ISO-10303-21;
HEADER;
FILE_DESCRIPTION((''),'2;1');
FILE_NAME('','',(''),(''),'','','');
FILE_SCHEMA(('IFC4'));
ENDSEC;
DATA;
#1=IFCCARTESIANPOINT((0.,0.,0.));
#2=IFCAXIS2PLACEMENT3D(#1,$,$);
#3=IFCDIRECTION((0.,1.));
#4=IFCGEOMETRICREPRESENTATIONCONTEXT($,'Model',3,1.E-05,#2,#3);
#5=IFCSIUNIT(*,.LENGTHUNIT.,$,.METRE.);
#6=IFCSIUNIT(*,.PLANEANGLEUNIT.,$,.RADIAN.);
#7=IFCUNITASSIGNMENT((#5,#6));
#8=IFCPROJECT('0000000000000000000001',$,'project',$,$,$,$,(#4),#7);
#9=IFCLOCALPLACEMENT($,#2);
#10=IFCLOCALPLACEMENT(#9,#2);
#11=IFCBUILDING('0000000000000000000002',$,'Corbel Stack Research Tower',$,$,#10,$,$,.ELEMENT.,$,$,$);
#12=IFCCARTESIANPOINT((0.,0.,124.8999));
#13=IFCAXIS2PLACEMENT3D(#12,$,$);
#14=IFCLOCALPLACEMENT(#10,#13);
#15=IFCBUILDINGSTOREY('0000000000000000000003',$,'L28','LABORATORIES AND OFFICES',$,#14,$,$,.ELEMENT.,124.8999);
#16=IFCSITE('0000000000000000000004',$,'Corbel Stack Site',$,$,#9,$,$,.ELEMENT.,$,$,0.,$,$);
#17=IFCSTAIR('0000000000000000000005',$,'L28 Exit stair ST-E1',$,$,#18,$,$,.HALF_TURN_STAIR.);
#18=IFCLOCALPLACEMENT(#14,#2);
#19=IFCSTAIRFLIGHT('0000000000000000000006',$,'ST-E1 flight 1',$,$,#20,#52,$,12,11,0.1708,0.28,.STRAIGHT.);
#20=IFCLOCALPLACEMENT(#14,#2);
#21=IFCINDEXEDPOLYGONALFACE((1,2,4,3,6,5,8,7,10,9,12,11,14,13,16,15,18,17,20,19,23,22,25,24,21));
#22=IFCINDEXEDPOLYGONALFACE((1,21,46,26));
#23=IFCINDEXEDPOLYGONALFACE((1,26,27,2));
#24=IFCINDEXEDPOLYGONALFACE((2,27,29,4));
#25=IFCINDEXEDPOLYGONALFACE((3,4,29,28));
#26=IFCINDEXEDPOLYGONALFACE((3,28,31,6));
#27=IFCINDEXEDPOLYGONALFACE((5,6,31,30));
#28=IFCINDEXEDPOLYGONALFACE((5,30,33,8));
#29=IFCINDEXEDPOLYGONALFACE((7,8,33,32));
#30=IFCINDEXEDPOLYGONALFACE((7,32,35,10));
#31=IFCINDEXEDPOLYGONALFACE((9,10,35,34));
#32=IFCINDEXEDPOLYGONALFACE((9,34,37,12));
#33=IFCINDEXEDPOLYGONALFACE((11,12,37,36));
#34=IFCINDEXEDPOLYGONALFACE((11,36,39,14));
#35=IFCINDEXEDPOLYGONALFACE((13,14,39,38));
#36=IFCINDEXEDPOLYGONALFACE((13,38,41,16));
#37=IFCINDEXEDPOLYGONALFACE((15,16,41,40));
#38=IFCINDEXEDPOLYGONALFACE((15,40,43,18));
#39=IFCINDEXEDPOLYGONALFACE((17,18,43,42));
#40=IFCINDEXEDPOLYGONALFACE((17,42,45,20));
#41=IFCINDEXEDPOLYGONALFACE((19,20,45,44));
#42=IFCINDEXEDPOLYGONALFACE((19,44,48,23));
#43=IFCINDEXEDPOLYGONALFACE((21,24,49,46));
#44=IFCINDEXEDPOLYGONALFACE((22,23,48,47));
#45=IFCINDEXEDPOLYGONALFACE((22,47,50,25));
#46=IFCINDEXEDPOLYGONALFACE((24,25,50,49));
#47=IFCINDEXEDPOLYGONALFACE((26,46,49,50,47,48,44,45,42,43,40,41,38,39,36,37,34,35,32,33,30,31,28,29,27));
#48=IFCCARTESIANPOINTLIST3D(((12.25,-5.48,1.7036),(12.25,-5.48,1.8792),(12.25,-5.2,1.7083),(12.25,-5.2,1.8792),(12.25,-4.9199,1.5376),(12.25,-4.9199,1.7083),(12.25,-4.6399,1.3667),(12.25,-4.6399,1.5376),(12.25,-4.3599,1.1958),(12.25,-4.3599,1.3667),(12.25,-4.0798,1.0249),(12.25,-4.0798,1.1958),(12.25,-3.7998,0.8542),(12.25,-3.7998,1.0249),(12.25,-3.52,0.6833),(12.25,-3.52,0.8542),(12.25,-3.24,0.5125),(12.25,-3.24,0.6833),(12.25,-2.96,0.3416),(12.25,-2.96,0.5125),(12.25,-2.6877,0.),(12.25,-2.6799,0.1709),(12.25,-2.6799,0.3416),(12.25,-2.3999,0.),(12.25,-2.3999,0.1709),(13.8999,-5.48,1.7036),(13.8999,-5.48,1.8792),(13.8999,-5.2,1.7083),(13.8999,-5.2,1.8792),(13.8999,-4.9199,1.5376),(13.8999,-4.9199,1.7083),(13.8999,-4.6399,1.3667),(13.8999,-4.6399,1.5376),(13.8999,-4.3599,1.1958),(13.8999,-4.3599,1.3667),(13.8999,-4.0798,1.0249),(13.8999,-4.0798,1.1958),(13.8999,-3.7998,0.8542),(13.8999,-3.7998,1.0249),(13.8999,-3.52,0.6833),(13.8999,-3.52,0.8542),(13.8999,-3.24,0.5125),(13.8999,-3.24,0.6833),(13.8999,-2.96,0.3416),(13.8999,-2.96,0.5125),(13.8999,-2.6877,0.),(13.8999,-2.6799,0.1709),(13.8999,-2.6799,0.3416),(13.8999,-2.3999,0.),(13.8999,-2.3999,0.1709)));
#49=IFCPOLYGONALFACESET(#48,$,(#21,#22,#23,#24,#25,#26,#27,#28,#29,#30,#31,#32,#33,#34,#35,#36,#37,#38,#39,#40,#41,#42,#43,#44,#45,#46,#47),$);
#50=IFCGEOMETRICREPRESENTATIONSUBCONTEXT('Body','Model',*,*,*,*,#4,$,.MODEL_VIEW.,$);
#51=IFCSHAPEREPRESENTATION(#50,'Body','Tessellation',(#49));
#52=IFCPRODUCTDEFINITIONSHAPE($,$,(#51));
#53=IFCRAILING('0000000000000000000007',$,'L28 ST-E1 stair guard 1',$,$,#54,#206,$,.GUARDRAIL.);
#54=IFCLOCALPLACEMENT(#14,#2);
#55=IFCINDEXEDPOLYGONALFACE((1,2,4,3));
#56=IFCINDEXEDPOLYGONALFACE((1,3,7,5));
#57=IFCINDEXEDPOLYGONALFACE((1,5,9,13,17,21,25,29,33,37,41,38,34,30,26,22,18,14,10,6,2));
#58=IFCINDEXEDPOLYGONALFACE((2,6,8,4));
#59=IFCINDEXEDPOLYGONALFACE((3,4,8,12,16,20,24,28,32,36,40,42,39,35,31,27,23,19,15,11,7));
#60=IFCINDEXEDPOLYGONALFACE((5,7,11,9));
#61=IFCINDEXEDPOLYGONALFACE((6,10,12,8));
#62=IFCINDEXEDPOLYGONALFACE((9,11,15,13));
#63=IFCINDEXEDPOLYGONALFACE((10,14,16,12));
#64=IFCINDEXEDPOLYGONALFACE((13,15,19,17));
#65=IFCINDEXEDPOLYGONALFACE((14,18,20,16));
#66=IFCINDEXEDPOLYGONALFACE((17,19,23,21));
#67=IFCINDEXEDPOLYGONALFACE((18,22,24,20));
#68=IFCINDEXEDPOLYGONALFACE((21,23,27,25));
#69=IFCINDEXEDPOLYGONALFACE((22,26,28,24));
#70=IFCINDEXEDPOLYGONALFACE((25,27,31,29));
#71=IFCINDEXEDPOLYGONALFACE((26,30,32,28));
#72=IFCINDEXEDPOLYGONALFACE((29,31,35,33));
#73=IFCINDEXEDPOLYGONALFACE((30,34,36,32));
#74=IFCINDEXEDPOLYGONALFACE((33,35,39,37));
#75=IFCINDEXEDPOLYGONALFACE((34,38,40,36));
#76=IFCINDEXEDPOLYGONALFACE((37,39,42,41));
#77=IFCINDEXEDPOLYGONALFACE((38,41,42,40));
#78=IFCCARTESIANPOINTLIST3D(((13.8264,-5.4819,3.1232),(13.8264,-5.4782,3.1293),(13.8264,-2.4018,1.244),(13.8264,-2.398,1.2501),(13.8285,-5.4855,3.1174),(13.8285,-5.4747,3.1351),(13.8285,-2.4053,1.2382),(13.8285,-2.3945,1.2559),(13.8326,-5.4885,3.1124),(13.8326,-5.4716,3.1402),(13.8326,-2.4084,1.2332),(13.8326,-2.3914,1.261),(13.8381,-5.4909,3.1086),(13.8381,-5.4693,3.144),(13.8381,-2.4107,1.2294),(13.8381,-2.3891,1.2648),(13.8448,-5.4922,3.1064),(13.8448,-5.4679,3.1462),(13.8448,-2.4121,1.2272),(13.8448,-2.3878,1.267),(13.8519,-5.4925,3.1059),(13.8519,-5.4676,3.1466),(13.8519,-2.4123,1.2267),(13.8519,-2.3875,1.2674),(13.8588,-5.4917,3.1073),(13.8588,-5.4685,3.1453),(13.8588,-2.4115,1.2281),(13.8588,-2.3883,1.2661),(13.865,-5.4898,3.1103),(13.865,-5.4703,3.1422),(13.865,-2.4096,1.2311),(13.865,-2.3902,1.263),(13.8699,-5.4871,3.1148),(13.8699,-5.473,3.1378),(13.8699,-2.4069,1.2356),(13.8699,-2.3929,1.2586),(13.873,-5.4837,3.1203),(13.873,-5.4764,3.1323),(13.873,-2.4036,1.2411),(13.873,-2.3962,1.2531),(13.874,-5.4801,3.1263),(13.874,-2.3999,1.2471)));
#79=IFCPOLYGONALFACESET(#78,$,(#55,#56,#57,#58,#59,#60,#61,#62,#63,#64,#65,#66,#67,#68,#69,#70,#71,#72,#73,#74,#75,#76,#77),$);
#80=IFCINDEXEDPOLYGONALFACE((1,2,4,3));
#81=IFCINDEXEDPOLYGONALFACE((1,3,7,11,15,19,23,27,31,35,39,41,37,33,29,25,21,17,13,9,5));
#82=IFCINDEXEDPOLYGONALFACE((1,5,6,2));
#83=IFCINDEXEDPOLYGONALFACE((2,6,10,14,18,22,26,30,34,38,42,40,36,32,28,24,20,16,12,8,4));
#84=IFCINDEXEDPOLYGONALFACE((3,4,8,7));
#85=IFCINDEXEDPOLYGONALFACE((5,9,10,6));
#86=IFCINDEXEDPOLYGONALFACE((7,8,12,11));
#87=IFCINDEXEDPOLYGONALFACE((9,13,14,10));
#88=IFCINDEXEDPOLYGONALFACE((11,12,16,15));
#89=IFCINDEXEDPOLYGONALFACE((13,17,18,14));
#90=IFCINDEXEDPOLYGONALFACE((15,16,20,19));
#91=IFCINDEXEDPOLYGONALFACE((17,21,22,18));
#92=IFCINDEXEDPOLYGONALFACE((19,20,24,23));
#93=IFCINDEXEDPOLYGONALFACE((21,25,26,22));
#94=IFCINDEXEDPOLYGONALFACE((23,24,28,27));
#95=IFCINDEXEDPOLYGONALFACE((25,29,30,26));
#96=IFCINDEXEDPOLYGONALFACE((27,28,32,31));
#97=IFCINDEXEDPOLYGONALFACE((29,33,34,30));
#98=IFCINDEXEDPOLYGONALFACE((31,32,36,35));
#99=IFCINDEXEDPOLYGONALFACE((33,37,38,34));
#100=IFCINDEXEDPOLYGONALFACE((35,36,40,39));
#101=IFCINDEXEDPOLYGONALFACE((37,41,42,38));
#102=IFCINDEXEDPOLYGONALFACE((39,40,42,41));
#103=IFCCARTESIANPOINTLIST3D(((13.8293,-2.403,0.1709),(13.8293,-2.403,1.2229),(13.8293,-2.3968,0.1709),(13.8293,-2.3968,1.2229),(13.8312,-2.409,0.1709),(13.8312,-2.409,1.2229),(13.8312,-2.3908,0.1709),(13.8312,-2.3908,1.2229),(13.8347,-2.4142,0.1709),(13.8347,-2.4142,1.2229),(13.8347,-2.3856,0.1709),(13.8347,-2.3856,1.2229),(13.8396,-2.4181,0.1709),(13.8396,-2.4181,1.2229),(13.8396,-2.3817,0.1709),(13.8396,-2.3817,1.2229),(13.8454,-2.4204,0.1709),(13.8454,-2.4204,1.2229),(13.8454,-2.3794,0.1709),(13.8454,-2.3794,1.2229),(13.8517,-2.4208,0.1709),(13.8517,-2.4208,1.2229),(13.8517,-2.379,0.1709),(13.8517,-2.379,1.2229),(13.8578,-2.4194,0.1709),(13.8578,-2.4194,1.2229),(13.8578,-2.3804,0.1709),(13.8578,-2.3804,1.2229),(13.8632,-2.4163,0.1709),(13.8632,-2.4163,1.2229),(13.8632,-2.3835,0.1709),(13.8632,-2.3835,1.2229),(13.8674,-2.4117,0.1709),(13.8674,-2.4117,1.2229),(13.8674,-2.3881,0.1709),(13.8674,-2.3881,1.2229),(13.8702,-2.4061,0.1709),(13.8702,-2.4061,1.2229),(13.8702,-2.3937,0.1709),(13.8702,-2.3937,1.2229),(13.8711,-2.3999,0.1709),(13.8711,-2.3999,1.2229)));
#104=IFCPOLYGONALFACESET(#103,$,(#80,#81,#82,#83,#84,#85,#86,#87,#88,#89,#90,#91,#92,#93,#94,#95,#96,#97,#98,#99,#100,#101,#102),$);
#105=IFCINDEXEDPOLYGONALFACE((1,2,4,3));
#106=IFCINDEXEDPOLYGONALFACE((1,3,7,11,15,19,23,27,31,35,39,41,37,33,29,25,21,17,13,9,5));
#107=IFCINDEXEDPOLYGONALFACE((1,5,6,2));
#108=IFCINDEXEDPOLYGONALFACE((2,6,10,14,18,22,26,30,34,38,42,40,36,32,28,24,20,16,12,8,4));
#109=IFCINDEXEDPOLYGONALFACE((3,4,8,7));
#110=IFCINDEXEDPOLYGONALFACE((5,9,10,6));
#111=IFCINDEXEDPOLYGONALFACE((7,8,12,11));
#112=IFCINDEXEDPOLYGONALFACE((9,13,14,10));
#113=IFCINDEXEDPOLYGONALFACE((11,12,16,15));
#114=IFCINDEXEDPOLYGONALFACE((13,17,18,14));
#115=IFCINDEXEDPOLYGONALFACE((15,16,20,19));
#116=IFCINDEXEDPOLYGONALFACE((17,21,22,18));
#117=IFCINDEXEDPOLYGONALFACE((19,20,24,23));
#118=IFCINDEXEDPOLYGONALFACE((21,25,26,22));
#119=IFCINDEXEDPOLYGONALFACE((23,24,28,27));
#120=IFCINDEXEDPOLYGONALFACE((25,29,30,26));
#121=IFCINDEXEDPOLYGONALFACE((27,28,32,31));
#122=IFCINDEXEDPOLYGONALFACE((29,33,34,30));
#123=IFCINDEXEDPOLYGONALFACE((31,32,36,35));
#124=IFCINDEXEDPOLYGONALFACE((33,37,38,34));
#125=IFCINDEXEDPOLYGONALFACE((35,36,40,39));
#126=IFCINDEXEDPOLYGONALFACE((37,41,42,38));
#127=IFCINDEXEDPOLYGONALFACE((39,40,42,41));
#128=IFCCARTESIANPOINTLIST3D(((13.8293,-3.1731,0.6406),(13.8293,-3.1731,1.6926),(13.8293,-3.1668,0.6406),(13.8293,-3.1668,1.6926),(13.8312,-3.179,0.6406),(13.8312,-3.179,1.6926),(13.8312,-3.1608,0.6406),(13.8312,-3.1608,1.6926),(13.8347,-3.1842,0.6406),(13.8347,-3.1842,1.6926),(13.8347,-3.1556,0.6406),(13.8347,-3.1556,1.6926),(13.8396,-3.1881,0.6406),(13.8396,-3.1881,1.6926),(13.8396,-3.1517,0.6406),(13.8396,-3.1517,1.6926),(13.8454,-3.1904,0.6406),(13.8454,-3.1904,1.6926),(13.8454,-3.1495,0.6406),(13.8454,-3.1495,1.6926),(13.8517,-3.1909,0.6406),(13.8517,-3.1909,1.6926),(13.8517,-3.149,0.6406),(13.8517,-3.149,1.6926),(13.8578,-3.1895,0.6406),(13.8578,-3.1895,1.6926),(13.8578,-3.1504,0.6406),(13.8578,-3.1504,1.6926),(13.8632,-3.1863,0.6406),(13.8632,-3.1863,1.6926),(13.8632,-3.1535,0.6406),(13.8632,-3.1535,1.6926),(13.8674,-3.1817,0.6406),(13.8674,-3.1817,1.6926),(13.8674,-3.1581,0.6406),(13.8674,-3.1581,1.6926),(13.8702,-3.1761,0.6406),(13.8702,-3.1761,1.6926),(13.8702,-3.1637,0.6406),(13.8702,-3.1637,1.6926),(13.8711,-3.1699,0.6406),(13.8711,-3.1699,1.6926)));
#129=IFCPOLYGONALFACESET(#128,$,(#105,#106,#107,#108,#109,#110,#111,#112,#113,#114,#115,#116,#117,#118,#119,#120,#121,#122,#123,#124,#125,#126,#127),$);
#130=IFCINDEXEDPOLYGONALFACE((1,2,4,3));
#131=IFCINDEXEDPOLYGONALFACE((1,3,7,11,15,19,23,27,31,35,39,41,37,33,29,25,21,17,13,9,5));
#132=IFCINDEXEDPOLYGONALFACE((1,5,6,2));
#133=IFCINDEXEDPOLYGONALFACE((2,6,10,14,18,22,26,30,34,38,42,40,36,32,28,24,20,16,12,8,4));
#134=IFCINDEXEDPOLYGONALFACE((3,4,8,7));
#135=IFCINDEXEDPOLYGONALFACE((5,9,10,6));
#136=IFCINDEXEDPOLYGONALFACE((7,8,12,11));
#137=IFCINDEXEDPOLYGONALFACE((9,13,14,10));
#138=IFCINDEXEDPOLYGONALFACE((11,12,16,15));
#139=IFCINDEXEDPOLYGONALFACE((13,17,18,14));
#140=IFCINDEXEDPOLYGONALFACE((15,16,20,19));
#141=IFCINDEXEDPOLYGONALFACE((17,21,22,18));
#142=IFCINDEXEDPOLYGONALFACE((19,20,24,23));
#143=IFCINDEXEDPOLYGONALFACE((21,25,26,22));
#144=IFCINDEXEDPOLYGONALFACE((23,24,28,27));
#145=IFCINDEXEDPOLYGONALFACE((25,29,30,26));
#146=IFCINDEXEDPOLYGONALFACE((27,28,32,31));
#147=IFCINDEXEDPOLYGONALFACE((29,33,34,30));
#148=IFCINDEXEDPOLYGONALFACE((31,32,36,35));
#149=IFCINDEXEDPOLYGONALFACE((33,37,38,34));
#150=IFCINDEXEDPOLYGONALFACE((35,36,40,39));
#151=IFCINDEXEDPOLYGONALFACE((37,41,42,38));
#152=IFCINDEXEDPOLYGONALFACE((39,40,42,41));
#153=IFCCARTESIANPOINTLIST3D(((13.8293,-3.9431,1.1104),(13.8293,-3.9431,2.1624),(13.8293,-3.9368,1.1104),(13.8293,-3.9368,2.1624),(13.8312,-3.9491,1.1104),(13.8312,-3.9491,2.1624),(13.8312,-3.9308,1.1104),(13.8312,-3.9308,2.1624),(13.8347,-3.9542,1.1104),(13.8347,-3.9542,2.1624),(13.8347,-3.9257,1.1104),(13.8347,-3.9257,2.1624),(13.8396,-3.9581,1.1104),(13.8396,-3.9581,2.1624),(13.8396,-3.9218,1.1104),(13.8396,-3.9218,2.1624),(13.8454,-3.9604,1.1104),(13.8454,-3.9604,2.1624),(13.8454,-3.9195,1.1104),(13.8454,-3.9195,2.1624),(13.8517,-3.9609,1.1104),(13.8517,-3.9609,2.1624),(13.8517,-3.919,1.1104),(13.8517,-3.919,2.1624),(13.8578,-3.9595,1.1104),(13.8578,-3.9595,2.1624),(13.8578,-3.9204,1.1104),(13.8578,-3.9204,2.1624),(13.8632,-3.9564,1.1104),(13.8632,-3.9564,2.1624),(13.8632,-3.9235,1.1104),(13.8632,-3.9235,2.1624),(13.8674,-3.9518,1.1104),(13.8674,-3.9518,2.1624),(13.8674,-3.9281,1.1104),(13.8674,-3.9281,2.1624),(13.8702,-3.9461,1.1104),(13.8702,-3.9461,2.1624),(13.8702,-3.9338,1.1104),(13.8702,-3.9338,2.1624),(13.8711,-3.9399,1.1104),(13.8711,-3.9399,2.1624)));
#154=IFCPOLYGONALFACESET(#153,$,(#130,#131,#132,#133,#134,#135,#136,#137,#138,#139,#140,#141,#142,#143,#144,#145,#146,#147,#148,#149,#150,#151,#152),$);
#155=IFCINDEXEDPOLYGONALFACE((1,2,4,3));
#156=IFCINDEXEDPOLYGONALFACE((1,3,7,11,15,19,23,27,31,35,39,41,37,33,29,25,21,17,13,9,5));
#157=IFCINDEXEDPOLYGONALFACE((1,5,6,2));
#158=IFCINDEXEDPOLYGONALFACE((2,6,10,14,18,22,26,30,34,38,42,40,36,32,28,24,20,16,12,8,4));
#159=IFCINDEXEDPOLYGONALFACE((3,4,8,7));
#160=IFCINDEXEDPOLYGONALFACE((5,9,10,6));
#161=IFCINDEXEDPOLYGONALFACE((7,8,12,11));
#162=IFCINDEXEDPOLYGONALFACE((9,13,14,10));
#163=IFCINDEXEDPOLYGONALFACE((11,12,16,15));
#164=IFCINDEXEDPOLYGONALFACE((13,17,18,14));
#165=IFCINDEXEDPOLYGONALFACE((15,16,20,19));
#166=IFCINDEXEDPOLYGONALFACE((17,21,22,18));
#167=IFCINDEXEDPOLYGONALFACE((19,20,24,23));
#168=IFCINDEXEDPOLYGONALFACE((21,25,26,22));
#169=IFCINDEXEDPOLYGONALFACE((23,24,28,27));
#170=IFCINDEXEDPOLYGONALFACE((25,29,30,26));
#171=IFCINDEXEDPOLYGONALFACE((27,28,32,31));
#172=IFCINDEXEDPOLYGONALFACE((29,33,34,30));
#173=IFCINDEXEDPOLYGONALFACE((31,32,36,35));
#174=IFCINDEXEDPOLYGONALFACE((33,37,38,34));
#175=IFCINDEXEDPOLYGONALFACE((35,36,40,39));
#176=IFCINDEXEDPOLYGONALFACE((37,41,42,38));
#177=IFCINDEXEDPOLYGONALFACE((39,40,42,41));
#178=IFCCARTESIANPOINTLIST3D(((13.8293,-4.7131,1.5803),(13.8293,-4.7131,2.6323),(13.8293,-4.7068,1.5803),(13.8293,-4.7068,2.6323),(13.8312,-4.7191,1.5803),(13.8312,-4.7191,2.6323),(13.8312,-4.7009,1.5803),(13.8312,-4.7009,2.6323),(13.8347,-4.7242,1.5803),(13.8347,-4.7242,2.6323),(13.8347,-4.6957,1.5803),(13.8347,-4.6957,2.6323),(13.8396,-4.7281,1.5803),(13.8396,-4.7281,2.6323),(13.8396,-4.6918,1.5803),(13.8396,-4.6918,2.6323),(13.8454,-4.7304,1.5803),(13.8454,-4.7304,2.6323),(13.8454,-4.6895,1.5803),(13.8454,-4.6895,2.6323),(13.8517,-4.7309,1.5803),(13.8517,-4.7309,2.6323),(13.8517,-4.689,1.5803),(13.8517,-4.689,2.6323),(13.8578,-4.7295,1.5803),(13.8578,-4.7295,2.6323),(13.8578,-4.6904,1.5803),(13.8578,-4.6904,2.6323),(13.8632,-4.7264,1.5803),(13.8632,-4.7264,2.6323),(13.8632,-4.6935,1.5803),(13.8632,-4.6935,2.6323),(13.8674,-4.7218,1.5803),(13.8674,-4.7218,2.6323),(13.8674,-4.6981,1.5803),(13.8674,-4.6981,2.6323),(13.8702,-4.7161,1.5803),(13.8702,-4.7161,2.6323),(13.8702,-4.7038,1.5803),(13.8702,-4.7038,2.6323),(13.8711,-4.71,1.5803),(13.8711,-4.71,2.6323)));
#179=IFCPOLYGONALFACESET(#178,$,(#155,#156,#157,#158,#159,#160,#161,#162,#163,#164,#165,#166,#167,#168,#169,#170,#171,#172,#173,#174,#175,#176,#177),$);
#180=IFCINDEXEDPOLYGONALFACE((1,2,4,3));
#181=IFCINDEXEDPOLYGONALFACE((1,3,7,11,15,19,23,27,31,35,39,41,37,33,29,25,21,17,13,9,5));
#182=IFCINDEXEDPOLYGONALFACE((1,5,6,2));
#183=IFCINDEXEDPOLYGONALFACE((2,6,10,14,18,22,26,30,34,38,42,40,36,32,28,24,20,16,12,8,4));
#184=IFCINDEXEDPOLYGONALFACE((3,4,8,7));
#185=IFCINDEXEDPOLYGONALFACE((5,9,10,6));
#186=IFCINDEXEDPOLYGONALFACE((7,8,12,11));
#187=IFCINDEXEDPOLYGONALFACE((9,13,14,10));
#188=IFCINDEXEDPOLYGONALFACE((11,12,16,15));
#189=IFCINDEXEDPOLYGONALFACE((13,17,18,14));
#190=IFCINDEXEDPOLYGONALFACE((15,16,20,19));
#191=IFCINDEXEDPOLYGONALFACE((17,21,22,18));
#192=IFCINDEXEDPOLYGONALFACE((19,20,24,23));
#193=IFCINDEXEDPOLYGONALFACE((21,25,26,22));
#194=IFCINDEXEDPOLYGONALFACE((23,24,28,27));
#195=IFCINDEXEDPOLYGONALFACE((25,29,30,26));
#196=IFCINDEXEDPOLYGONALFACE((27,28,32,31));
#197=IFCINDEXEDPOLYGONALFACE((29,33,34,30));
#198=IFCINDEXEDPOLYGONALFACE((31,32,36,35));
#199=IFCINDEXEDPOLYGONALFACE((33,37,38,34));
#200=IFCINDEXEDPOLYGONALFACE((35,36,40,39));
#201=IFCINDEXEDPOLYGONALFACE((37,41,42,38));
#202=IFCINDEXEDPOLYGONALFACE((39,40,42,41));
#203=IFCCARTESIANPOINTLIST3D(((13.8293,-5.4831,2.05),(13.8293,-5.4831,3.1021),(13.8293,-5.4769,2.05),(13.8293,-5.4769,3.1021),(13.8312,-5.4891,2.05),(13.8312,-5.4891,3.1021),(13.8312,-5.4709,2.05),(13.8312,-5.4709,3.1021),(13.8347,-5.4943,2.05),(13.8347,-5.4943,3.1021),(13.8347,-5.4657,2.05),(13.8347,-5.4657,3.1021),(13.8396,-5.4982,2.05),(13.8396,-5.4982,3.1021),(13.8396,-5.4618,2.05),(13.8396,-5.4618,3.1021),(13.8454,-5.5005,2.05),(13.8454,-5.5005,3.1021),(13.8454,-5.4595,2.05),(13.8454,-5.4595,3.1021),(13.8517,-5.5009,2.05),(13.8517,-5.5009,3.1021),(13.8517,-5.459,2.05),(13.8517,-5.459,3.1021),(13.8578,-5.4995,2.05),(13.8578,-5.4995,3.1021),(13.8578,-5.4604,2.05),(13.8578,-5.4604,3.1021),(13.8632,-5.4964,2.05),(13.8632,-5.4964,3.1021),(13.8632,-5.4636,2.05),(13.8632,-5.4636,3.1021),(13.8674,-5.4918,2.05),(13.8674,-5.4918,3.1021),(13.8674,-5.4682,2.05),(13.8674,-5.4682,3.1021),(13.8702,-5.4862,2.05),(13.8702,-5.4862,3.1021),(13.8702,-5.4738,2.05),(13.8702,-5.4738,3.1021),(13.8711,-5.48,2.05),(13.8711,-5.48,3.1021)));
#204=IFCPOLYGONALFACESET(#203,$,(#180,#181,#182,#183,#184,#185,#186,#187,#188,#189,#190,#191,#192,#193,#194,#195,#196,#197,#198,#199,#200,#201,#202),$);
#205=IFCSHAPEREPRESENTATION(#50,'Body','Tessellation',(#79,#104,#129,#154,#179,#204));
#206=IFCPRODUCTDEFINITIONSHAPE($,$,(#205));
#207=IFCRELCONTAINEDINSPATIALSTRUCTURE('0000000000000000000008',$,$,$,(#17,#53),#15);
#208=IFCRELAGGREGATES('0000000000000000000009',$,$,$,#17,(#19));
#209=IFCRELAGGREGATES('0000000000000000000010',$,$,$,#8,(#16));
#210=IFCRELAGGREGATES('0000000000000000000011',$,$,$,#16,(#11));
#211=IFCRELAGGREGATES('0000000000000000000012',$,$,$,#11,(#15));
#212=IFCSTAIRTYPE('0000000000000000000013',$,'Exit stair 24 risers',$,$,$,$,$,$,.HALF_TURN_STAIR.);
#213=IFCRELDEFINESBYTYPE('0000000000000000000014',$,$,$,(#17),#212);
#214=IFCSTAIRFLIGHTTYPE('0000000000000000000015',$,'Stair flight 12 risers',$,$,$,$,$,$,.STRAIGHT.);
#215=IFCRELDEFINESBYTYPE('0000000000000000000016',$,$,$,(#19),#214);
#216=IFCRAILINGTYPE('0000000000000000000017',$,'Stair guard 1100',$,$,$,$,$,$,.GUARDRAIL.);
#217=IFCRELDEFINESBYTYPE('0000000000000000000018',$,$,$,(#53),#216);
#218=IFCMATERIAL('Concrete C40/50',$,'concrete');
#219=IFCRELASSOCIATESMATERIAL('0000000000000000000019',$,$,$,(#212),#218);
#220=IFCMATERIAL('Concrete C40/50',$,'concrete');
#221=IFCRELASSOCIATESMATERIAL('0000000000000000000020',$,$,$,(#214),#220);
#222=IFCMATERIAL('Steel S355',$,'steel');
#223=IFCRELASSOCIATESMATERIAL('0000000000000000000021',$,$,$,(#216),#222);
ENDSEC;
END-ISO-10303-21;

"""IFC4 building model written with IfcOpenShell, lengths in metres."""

from ifc_helpers import new_model, si_unit, direction, frame, origin, origin_2d, place, context, subcontext, project, spatial, polyline, circle, outline, extrude, material, type_object, element, aggregate, save


model = new_model("IFC4")

# Units and contexts
model_context = context("Model", 3, precision=1e-05, world=origin(), true_north=direction((0.0, 1.0)))
body_context = subcontext(model_context, "Body", "Model", "MODEL_VIEW")
ifc_project = project(units=[si_unit("LENGTHUNIT", "METRE"), si_unit("PLANEANGLEUNIT", "RADIAN")], contexts=[model_context])

# Site, building, storey
site_placement = place(None, origin())
site = spatial("IfcSite", under=ifc_project, at=site_placement, Name="Corbel Stack Site", CompositionType="ELEMENT", RefElevation=0.0)
building_placement = place(site_placement, origin())
building = spatial("IfcBuilding", under=site, at=building_placement, Name="Corbel Stack Research Tower", CompositionType="ELEMENT")
storey_placement = place(building_placement, frame((0.0, 0.0, 124.8999)))
storey = spatial("IfcBuildingStorey", under=building, at=storey_placement, Name="L28", Description="LABORATORIES AND OFFICES", CompositionType="ELEMENT", Elevation=124.8999)

# Stair
ifc_material_1 = material(Name="Concrete C40/50", Category="concrete")
stair_type = type_object("IfcStairType", Name="Exit stair 24 risers", PredefinedType="HALF_TURN_STAIR", material=ifc_material_1)
stair_1_placement = place(storey_placement, origin())
stair_1 = element("IfcStair", 1, at=stair_1_placement, inside=storey, type_object=stair_type, Name="L28 Exit stair ST-E1", PredefinedType="HALF_TURN_STAIR")

# Stair flight
ifc_material_2 = material(Name="Concrete C40/50", Category="concrete")
stair_flight_type = type_object("IfcStairFlightType", Name="Stair flight 12 risers", PredefinedType="STRAIGHT", material=ifc_material_2)
stair_flight_placement = place(storey_placement, frame((13.075, -2.3999, 0.0), z_axis=(0.0, 0.0, 1.0), x_axis=(0.0, -1.0, 0.0)))
stair_flight = element("IfcStairFlight", 2, at=stair_flight_placement, type_object=stair_flight_type, Name="ST-E1 flight 1", NumberOfRisers=12, NumberOfTreads=11, PredefinedType="STRAIGHT", RiserHeight=0.1708, TreadLength=0.28, context=body_context, shape_type="SweptSolid", body=[
    extrude(outline(polyline([(0.0, 0.0), (0.0, 0.1709), (0.28, 0.1709), (0.28, 0.3416), (0.5601, 0.3416), (0.5601, 0.5125), (0.8401, 0.5125), (0.8401, 0.6833), (1.1201, 0.6833), (1.1201, 0.8542), (1.3999, 0.8542), (1.3999, 1.0249), (1.6799, 1.0249), (1.6799, 1.1958), (1.96, 1.1958), (1.96, 1.3667), (2.24, 1.3667), (2.24, 1.5376), (2.52, 1.5376), (2.52, 1.7083), (2.8, 1.7083), (2.8, 1.8792), (3.0801, 1.8792), (3.0801, 2.05), (3.0801, 1.7036), (0.2878, 0.0), (0.0, 0.0)])), frame((0.0, 0.825, 0.0), z_axis=(0.0, -1.0, 0.0), x_axis=(1.0, 0.0, 0.0)), (0.0, 0.0, 1.0), 1.6499),
])
aggregate(stair_1, [stair_flight])

# Railing
ifc_material_3 = material(Name="Steel S355", Category="steel")
railing_type_1 = type_object("IfcRailingType", Name="Stair guard 1100", PredefinedType="GUARDRAIL", material=ifc_material_3)
railing_1_placement = place(storey_placement, frame((13.8501, -2.3999, 0.1709)))
element("IfcRailing", 3, at=railing_1_placement, inside=storey, type_object=railing_type_1, Name="L28 ST-E1 stair guard 1", PredefinedType="GUARDRAIL", context=body_context, shape_type="SweptSolid", body=[
    extrude(circle(Radius=0.0239, at=origin_2d()), frame((0.0, 0.0, 1.0762), z_axis=(0.0, -0.853666, 0.52082), x_axis=(1.0, 0.0, 0.0)), (0.0, 0.0, 1.0), 3.6082),
    extrude(circle(Radius=0.021, at=origin_2d()), origin(), (0.0, 0.0, 1.0), 1.052),
    extrude(circle(Radius=0.021, at=origin_2d()), frame((0.0, -0.77, 0.4697)), (0.0, 0.0, 1.0), 1.052),
    extrude(circle(Radius=0.021, at=origin_2d()), frame((0.0, -1.54, 0.9395)), (0.0, 0.0, 1.0), 1.052),
    extrude(circle(Radius=0.021, at=origin_2d()), frame((0.0, -2.3101, 1.4094)), (0.0, 0.0, 1.0), 1.052),
    extrude(circle(Radius=0.021, at=origin_2d()), frame((0.0, -3.0801, 1.8792)), (0.0, 0.0, 1.0), 1.052),
])

save(model, "model.ifc")
